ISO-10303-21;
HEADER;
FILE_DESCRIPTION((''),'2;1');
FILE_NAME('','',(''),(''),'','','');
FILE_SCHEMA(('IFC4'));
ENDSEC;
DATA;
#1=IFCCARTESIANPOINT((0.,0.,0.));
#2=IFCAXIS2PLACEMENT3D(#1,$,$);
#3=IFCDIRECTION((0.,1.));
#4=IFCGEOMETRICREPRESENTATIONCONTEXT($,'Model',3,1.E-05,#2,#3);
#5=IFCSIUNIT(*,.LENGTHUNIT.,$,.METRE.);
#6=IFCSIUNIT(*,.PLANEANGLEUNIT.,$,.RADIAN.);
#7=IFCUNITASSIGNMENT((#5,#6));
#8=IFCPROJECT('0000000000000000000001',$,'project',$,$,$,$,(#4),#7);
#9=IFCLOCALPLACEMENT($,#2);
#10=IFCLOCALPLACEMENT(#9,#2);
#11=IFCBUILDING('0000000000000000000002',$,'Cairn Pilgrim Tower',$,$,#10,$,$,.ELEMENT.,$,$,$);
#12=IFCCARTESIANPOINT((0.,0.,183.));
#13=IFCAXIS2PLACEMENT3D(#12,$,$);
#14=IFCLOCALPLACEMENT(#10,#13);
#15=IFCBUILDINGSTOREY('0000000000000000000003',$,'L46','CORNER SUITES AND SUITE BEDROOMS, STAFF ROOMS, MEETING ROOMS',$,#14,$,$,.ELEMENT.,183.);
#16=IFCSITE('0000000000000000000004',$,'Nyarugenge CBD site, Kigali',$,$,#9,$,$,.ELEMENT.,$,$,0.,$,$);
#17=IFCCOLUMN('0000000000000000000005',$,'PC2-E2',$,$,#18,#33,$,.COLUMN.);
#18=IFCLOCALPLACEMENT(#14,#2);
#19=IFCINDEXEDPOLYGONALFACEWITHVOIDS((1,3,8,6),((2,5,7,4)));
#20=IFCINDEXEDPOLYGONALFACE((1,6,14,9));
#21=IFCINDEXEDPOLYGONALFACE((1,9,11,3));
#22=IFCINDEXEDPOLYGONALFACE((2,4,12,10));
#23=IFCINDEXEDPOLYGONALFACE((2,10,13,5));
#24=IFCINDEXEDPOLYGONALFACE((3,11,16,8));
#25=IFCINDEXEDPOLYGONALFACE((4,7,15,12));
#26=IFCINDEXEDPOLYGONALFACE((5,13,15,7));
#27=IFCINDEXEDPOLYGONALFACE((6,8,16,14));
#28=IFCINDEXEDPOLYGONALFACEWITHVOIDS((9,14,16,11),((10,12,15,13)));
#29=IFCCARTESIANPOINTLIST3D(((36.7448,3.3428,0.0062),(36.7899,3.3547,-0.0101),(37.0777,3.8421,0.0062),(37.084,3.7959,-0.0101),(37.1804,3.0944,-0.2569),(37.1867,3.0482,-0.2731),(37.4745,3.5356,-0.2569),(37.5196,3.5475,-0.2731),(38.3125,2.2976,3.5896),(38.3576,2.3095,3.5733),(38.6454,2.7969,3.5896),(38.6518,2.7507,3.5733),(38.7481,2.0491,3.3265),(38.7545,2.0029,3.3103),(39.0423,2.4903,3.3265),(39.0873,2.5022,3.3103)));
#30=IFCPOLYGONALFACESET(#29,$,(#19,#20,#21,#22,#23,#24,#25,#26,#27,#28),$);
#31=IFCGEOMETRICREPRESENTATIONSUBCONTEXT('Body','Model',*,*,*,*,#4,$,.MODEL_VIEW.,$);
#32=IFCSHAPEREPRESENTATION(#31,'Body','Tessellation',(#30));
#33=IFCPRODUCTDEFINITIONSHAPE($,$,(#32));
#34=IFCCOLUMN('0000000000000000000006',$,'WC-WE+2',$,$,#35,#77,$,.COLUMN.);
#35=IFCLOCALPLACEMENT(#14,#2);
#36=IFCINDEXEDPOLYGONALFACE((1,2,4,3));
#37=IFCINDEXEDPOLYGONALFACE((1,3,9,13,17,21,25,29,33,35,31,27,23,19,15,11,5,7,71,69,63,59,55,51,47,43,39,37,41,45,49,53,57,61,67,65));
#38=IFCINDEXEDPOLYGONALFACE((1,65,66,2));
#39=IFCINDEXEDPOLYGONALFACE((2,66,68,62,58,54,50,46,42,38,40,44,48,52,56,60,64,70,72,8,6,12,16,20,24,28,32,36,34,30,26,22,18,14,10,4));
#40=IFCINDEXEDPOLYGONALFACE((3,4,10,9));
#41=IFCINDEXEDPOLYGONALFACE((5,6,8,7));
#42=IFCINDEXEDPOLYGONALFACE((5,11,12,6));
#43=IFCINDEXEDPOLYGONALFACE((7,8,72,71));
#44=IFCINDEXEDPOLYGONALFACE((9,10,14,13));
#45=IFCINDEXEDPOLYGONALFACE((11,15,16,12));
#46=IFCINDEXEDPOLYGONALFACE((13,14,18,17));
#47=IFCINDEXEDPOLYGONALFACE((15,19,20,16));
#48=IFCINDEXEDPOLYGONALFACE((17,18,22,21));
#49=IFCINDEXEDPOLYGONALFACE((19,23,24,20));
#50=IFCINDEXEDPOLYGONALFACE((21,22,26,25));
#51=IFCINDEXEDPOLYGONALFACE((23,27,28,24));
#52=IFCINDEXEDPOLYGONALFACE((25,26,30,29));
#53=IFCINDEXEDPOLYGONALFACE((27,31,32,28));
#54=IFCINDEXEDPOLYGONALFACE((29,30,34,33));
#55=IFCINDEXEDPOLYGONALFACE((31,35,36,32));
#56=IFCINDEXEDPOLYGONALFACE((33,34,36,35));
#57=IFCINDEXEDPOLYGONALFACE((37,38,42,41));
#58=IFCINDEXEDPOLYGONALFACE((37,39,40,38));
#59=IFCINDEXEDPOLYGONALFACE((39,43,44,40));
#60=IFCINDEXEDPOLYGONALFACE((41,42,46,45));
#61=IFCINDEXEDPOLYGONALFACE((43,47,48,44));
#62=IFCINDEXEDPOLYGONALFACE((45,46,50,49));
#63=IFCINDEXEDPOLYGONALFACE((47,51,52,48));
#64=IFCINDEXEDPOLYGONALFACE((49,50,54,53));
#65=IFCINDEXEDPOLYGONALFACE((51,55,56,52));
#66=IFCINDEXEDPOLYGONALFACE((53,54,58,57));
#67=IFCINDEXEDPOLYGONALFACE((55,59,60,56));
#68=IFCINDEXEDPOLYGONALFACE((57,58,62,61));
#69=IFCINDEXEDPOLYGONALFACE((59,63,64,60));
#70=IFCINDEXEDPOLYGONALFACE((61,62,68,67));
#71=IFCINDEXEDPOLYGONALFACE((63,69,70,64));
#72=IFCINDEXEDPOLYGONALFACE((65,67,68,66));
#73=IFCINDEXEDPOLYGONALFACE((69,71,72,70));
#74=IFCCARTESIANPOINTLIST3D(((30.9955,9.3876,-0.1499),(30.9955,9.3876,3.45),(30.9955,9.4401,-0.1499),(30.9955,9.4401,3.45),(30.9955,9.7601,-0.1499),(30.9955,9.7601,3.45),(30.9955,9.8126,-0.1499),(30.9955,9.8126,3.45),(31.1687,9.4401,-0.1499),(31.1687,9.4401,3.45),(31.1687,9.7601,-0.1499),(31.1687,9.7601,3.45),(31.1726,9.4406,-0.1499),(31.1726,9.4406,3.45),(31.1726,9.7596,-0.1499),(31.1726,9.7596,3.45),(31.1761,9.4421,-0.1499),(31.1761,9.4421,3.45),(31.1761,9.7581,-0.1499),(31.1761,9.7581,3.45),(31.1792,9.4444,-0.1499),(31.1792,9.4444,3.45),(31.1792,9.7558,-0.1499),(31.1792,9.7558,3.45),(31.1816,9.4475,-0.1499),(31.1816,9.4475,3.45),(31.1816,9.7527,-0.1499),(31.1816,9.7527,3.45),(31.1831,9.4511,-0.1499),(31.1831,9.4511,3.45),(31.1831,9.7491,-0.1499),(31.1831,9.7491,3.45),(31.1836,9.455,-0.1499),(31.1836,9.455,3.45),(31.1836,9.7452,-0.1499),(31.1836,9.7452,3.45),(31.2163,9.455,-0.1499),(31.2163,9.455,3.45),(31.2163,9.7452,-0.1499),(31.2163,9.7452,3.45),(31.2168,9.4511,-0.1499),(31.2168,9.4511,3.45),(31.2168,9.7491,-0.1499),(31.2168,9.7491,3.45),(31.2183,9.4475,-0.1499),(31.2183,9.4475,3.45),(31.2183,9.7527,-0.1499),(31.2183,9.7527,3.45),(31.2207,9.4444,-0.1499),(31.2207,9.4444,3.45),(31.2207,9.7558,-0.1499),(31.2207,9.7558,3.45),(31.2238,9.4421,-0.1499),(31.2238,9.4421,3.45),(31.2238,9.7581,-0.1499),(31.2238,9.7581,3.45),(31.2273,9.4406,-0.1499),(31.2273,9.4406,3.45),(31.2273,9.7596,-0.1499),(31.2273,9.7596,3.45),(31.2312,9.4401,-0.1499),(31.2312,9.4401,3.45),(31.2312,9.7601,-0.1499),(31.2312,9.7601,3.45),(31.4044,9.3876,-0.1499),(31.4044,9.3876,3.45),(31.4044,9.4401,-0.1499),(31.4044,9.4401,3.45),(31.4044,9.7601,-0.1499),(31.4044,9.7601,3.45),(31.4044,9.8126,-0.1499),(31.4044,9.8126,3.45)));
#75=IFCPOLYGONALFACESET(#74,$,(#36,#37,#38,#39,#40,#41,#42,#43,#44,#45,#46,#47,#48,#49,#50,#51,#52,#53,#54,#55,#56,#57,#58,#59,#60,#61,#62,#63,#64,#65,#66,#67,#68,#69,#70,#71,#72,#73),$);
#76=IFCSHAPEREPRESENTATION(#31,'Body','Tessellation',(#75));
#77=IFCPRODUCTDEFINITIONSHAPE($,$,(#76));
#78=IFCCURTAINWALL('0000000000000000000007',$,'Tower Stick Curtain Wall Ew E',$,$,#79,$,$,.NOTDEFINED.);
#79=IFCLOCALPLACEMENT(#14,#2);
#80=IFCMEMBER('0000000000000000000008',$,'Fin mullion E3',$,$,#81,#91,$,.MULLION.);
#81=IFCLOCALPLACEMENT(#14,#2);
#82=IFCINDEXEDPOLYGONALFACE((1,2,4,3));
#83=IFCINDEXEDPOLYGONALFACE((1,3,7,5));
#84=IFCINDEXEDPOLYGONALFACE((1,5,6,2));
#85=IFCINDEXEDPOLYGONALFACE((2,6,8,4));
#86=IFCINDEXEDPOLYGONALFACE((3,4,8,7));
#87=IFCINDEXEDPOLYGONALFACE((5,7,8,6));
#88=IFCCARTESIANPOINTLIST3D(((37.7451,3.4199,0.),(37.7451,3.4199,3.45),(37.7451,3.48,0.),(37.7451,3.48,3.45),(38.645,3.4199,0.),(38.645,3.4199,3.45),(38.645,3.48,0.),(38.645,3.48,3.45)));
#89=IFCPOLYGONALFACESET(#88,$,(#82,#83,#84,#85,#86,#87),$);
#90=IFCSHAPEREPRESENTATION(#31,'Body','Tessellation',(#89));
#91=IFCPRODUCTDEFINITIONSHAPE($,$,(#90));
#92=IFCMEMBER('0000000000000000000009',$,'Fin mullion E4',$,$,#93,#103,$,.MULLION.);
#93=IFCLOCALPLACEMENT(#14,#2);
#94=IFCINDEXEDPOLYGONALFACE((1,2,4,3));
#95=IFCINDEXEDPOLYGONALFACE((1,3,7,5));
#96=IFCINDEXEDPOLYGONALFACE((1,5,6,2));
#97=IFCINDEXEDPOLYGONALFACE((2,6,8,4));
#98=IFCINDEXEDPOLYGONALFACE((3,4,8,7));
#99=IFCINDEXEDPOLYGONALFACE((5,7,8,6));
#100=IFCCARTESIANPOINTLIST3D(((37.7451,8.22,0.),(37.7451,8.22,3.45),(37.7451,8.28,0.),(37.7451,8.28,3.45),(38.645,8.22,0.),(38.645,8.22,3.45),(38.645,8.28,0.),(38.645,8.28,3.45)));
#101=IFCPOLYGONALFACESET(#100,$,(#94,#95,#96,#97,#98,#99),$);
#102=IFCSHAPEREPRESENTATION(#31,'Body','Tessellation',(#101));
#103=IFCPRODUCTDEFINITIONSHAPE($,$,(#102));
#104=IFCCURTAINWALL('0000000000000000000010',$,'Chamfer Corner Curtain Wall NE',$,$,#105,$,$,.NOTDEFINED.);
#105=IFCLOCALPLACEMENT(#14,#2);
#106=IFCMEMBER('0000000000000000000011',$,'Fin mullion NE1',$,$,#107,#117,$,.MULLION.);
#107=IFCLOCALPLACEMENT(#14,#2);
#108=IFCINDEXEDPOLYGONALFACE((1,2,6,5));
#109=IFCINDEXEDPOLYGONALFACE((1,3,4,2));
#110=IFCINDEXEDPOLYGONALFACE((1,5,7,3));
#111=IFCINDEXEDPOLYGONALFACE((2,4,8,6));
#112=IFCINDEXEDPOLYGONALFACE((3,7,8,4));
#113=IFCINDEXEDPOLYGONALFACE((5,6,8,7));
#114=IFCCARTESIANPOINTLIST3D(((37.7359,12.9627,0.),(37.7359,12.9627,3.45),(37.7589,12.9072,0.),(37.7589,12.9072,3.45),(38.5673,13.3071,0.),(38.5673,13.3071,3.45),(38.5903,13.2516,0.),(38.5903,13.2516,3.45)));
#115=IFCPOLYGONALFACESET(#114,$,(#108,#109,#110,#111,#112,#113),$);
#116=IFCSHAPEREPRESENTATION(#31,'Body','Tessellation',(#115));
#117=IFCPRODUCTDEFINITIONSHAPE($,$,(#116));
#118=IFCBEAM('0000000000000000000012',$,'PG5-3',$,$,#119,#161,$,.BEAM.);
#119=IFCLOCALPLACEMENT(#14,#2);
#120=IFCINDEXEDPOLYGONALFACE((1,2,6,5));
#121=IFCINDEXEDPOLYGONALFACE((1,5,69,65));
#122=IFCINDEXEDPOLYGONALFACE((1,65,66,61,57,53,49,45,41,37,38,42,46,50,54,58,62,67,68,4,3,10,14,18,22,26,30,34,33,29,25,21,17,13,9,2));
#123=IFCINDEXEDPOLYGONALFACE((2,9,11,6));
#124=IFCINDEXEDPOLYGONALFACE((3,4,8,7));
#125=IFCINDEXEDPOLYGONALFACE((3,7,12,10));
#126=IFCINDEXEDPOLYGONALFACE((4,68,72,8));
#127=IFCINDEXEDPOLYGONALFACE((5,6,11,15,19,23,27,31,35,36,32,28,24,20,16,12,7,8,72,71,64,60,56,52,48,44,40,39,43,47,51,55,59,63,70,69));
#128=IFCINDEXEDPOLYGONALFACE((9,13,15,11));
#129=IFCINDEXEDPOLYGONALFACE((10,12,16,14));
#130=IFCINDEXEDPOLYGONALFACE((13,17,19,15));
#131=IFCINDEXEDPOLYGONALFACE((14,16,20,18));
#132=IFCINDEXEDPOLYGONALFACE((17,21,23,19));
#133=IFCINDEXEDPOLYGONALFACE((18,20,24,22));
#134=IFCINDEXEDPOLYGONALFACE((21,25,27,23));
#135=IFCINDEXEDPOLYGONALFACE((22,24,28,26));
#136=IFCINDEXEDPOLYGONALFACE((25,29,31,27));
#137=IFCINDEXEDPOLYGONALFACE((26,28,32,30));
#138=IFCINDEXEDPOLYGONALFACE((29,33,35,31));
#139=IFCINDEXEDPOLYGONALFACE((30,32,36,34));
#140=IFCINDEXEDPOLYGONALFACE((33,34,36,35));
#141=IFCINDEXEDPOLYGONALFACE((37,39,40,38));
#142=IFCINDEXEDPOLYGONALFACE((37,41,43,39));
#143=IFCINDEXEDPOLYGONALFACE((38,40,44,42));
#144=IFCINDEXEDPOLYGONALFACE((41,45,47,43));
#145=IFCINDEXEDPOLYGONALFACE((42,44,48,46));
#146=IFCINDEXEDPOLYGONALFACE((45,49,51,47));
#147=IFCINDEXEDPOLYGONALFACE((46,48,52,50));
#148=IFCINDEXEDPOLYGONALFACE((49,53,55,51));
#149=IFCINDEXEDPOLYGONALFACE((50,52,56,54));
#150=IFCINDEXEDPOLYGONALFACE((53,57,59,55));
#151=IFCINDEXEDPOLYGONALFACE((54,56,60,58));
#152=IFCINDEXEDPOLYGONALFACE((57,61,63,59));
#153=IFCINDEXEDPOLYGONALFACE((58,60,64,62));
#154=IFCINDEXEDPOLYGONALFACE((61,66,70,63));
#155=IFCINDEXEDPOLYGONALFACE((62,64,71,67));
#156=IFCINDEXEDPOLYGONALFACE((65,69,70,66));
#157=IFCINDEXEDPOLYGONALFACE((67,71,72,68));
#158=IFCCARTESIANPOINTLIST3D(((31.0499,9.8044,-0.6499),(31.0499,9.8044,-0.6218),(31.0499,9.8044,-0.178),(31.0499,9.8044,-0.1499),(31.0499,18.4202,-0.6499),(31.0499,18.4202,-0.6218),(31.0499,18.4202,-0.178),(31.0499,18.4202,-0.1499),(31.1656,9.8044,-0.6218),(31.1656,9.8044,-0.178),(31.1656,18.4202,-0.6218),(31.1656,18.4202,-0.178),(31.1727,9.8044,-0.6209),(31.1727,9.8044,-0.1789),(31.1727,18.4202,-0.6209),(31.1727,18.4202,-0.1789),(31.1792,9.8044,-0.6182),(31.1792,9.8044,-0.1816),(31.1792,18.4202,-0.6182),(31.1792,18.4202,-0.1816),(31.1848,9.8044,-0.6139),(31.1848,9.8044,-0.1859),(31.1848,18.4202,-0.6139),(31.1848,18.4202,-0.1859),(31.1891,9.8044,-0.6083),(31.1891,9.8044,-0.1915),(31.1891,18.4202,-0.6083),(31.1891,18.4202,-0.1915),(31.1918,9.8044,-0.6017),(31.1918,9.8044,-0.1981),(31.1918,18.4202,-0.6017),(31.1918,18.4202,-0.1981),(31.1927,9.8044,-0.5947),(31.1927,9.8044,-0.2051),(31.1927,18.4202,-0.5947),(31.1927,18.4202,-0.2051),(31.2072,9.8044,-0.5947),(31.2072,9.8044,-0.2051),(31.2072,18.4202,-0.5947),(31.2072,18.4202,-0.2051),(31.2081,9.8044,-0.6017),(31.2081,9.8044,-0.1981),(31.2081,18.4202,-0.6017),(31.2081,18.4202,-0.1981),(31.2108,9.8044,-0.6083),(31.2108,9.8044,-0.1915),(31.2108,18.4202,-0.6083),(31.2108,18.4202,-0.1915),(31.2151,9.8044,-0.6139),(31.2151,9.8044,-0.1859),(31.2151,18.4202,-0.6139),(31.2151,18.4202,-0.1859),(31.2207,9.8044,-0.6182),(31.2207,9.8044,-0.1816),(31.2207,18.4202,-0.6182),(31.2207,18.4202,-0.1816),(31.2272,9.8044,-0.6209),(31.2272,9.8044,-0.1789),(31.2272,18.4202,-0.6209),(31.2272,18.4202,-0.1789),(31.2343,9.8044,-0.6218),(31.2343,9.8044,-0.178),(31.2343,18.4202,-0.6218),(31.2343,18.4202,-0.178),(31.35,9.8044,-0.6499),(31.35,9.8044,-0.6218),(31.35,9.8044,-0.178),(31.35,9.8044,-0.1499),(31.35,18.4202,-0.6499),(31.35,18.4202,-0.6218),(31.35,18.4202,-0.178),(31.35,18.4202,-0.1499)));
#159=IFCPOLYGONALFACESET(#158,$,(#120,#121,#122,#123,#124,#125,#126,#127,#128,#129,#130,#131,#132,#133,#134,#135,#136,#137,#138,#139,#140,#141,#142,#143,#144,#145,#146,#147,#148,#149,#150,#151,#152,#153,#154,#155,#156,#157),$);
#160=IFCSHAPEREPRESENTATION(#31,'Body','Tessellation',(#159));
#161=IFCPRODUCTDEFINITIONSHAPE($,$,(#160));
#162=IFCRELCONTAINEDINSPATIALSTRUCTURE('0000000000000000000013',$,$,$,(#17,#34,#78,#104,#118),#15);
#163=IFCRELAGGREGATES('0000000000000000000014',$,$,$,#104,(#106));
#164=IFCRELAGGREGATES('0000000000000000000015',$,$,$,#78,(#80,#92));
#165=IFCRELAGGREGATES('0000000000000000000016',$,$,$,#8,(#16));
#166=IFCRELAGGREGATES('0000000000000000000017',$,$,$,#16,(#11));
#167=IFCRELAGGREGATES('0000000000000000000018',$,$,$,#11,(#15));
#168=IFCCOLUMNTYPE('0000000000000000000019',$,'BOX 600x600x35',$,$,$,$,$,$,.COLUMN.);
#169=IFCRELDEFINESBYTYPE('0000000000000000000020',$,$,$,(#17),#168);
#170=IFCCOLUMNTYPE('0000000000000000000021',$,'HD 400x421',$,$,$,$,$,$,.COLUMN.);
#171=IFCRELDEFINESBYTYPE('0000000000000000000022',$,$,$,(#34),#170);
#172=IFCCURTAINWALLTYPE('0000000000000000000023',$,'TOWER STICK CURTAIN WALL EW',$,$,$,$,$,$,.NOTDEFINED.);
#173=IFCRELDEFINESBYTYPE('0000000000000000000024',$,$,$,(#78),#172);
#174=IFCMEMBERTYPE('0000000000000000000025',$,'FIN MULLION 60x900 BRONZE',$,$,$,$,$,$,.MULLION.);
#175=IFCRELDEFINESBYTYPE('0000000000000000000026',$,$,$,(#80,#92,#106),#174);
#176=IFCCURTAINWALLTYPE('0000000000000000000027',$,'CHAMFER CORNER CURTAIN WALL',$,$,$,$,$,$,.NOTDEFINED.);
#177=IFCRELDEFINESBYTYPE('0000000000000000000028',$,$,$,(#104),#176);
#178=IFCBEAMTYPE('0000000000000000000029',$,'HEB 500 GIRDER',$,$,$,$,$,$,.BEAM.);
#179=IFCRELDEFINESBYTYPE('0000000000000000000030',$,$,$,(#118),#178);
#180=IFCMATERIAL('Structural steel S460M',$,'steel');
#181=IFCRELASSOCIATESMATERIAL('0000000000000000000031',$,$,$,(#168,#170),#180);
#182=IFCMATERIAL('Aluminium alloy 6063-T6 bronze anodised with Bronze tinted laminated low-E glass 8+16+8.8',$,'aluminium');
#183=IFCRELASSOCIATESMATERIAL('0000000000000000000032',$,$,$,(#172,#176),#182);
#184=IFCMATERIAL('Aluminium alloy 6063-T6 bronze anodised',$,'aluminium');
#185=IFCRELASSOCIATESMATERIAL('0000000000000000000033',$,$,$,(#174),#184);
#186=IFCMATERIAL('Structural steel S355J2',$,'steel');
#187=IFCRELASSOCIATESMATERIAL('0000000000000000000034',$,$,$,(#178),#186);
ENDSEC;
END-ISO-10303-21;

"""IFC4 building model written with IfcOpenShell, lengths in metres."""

from ifc_helpers import new_model, si_unit, direction, frame, origin, origin_2d, place, context, subcontext, project, spatial, rectangle, hollow_rectangle, i_section, extrude, clip, halfspace, material, material_profile, profile_set, type_object, element, aggregate, save


model = new_model("IFC4")

# Units and contexts
model_context = context("Model", 3, precision=1e-05, world=origin(), true_north=direction((0.0, 1.0)))
body_context = subcontext(model_context, "Body", "Model", "MODEL_VIEW")
ifc_project = project(units=[si_unit("LENGTHUNIT", "METRE"), si_unit("PLANEANGLEUNIT", "RADIAN")], contexts=[model_context])

# Site, building, storey
site_placement = place(None, origin())
site = spatial("IfcSite", under=ifc_project, at=site_placement, Name="Nyarugenge CBD site, Kigali", CompositionType="ELEMENT", RefElevation=0.0)
building_placement = place(site_placement, origin())
building = spatial("IfcBuilding", under=site, at=building_placement, Name="Cairn Pilgrim Tower", CompositionType="ELEMENT")
storey_placement = place(building_placement, frame((0.0, 0.0, 183.0)))
storey = spatial("IfcBuildingStorey", under=building, at=storey_placement, Name="L46", Description="CORNER SUITES AND SUITE BEDROOMS, STAFF ROOMS, MEETING ROOMS", CompositionType="ELEMENT", Elevation=183.0)

# Columns
ifc_material_1 = material(Name="Structural steel S460M", Category="steel")
ifc_material_profile_1 = material_profile(ifc_material_1, hollow_rectangle(XDim=0.6001, YDim=0.6001, WallThickness=0.0349, at=origin_2d()), Name="BOX 600x600x35")
ifc_profile_set_1 = profile_set([ifc_material_profile_1], Name="Structural steel S460M")
column_type_1 = type_object("IfcColumnType", Name="BOX 600x600x35", PredefinedType="COLUMN", material=ifc_profile_set_1)
for number, where, z_axis, x_axis, name in (
    (1, (37.125, 3.45, -0.1499), (0.387233, -0.258176, 0.885096), (0.55473, 0.83203, 0.0), "PC2-E2"),
):
    element("IfcColumn", number, at=place(storey_placement, frame(where, z_axis=z_axis, x_axis=x_axis)), inside=storey, type_object=column_type_1, Name=name, PredefinedType="COLUMN", context=body_context, shape_type="Clipping", body=[
        clip(extrude(hollow_rectangle(XDim=0.6001, YDim=0.6001, WallThickness=0.0349, at=origin_2d()), origin(), (0.0, 0.0, 1.0), 4.0671), halfspace(frame((0.0, 0.0, 0.0186), z_axis=(0.0, 0.0, 1.0), x_axis=(1.0, 0.0, 0.0)), True)),
    ])
ifc_material_profile_2 = material_profile(ifc_material_1, i_section(OverallWidth=0.4089, OverallDepth=0.425, WebThickness=0.0327, FlangeThickness=0.0525, FilletRadius=0.0149, at=origin_2d()), Name="HD 400x421")
ifc_profile_set_2 = profile_set([ifc_material_profile_2], Name="Structural steel S460M")
column_type_2 = type_object("IfcColumnType", Name="HD 400x421", PredefinedType="COLUMN", material=ifc_profile_set_2)
column_placement = place(storey_placement, frame((31.2, 9.6001, -0.1499), z_axis=(0.0, 0.0, 1.0), x_axis=(1.0, 0.0, 0.0)))
element("IfcColumn", 2, at=column_placement, inside=storey, type_object=column_type_2, Name="WC-WE+2", PredefinedType="COLUMN", context=body_context, shape_type="SweptSolid", body=[
    extrude(i_section(OverallWidth=0.4089, OverallDepth=0.425, WebThickness=0.0327, FlangeThickness=0.0525, FilletRadius=0.0149, at=origin_2d()), origin(), (0.0, 0.0, 1.0), 3.5999),
])

# Curtain wall, members
ifc_material_2 = material(Name="Aluminium alloy 6063-T6 bronze anodised with Bronze tinted laminated low-E glass 8+16+8.8", Category="aluminium")
curtain_wall_type_1 = type_object("IfcCurtainWallType", Name="TOWER STICK CURTAIN WALL EW", PredefinedType="NOTDEFINED", material=ifc_material_2)
curtain_wall_1_placement = place(storey_placement, origin())
curtain_wall_1 = element("IfcCurtainWall", 3, at=curtain_wall_1_placement, inside=storey, type_object=curtain_wall_type_1, Name="Tower Stick Curtain Wall Ew E", PredefinedType="NOTDEFINED")
ifc_material_3 = material(Name="Aluminium alloy 6063-T6 bronze anodised", Category="aluminium")
ifc_material_profile_3 = material_profile(ifc_material_3, rectangle(XDim=0.8999, YDim=0.0601, at=origin_2d()), Name="FIN MULLION 60x900 BRONZE")
ifc_profile_set_3 = profile_set([ifc_material_profile_3], Name="Aluminium alloy 6063-T6 bronze anodised")
member_type_1 = type_object("IfcMemberType", Name="FIN MULLION 60x900 BRONZE", PredefinedType="MULLION", material=ifc_profile_set_3)
member_1_placement = place(storey_placement, frame((38.1951, 3.45, 0.0), z_axis=(0.0, 0.0, 1.0), x_axis=(1.0, 0.0, 0.0)))
member_1 = element("IfcMember", 4, at=member_1_placement, type_object=member_type_1, Name="Fin mullion E3", PredefinedType="MULLION", context=body_context, shape_type="SweptSolid", body=[
    extrude(rectangle(XDim=0.8999, YDim=0.0601, at=origin_2d()), origin(), (0.0, 0.0, 1.0), 3.45),
])
member_2_placement = place(storey_placement, frame((38.1951, 8.25, 0.0), z_axis=(0.0, 0.0, 1.0), x_axis=(1.0, 0.0, 0.0)))
member_2 = element("IfcMember", 5, at=member_2_placement, type_object=member_type_1, Name="Fin mullion E4", PredefinedType="MULLION", context=body_context, shape_type="SweptSolid", body=[
    extrude(rectangle(XDim=0.8999, YDim=0.0601, at=origin_2d()), origin(), (0.0, 0.0, 1.0), 3.45),
])

# Curtain wall, member
curtain_wall_type_2 = type_object("IfcCurtainWallType", Name="CHAMFER CORNER CURTAIN WALL", PredefinedType="NOTDEFINED", material=ifc_material_2)
curtain_wall_2_placement = place(storey_placement, origin())
curtain_wall_2 = element("IfcCurtainWall", 6, at=curtain_wall_2_placement, inside=storey, type_object=curtain_wall_type_2, Name="Chamfer Corner Curtain Wall NE", PredefinedType="NOTDEFINED")
member_3_placement = place(storey_placement, frame((38.1631, 13.1072, 0.0), z_axis=(0.0, 0.0, 1.0), x_axis=(0.92388, 0.382683, 0.0)))
member_3 = element("IfcMember", 7, at=member_3_placement, type_object=member_type_1, Name="Fin mullion NE1", PredefinedType="MULLION", context=body_context, shape_type="SweptSolid", body=[
    extrude(rectangle(XDim=0.8999, YDim=0.0601, at=origin_2d()), origin(), (0.0, 0.0, 1.0), 3.45),
])

# Beam
ifc_material_4 = material(Name="Structural steel S355J2", Category="steel")
ifc_material_profile_4 = material_profile(ifc_material_4, i_section(OverallWidth=0.3, OverallDepth=0.5, WebThickness=0.0144, FlangeThickness=0.0281, FilletRadius=0.0271, at=origin_2d()), Name="HEB 500")
ifc_profile_set_4 = profile_set([ifc_material_profile_4], Name="Structural steel S355J2")
beam_type_1 = type_object("IfcBeamType", Name="HEB 500 GIRDER", PredefinedType="BEAM", material=ifc_profile_set_4)
beam_1_placement = place(storey_placement, frame((31.2, 9.8044, -0.3999), z_axis=(0.0, 1.0, 0.0), x_axis=(-1.0, 0.0, 0.0)))
element("IfcBeam", 8, at=beam_1_placement, inside=storey, type_object=beam_type_1, Name="PG5-3", PredefinedType="BEAM", context=body_context, shape_type="SweptSolid", body=[
    extrude(i_section(OverallWidth=0.3, OverallDepth=0.5, WebThickness=0.0144, FlangeThickness=0.0281, FilletRadius=0.0271, at=origin_2d()), origin(), (0.0, 0.0, 1.0), 8.6157),
])

aggregate(curtain_wall_2, [member_3])

aggregate(curtain_wall_1, [member_1, member_2])

save(model, "model.ifc")
